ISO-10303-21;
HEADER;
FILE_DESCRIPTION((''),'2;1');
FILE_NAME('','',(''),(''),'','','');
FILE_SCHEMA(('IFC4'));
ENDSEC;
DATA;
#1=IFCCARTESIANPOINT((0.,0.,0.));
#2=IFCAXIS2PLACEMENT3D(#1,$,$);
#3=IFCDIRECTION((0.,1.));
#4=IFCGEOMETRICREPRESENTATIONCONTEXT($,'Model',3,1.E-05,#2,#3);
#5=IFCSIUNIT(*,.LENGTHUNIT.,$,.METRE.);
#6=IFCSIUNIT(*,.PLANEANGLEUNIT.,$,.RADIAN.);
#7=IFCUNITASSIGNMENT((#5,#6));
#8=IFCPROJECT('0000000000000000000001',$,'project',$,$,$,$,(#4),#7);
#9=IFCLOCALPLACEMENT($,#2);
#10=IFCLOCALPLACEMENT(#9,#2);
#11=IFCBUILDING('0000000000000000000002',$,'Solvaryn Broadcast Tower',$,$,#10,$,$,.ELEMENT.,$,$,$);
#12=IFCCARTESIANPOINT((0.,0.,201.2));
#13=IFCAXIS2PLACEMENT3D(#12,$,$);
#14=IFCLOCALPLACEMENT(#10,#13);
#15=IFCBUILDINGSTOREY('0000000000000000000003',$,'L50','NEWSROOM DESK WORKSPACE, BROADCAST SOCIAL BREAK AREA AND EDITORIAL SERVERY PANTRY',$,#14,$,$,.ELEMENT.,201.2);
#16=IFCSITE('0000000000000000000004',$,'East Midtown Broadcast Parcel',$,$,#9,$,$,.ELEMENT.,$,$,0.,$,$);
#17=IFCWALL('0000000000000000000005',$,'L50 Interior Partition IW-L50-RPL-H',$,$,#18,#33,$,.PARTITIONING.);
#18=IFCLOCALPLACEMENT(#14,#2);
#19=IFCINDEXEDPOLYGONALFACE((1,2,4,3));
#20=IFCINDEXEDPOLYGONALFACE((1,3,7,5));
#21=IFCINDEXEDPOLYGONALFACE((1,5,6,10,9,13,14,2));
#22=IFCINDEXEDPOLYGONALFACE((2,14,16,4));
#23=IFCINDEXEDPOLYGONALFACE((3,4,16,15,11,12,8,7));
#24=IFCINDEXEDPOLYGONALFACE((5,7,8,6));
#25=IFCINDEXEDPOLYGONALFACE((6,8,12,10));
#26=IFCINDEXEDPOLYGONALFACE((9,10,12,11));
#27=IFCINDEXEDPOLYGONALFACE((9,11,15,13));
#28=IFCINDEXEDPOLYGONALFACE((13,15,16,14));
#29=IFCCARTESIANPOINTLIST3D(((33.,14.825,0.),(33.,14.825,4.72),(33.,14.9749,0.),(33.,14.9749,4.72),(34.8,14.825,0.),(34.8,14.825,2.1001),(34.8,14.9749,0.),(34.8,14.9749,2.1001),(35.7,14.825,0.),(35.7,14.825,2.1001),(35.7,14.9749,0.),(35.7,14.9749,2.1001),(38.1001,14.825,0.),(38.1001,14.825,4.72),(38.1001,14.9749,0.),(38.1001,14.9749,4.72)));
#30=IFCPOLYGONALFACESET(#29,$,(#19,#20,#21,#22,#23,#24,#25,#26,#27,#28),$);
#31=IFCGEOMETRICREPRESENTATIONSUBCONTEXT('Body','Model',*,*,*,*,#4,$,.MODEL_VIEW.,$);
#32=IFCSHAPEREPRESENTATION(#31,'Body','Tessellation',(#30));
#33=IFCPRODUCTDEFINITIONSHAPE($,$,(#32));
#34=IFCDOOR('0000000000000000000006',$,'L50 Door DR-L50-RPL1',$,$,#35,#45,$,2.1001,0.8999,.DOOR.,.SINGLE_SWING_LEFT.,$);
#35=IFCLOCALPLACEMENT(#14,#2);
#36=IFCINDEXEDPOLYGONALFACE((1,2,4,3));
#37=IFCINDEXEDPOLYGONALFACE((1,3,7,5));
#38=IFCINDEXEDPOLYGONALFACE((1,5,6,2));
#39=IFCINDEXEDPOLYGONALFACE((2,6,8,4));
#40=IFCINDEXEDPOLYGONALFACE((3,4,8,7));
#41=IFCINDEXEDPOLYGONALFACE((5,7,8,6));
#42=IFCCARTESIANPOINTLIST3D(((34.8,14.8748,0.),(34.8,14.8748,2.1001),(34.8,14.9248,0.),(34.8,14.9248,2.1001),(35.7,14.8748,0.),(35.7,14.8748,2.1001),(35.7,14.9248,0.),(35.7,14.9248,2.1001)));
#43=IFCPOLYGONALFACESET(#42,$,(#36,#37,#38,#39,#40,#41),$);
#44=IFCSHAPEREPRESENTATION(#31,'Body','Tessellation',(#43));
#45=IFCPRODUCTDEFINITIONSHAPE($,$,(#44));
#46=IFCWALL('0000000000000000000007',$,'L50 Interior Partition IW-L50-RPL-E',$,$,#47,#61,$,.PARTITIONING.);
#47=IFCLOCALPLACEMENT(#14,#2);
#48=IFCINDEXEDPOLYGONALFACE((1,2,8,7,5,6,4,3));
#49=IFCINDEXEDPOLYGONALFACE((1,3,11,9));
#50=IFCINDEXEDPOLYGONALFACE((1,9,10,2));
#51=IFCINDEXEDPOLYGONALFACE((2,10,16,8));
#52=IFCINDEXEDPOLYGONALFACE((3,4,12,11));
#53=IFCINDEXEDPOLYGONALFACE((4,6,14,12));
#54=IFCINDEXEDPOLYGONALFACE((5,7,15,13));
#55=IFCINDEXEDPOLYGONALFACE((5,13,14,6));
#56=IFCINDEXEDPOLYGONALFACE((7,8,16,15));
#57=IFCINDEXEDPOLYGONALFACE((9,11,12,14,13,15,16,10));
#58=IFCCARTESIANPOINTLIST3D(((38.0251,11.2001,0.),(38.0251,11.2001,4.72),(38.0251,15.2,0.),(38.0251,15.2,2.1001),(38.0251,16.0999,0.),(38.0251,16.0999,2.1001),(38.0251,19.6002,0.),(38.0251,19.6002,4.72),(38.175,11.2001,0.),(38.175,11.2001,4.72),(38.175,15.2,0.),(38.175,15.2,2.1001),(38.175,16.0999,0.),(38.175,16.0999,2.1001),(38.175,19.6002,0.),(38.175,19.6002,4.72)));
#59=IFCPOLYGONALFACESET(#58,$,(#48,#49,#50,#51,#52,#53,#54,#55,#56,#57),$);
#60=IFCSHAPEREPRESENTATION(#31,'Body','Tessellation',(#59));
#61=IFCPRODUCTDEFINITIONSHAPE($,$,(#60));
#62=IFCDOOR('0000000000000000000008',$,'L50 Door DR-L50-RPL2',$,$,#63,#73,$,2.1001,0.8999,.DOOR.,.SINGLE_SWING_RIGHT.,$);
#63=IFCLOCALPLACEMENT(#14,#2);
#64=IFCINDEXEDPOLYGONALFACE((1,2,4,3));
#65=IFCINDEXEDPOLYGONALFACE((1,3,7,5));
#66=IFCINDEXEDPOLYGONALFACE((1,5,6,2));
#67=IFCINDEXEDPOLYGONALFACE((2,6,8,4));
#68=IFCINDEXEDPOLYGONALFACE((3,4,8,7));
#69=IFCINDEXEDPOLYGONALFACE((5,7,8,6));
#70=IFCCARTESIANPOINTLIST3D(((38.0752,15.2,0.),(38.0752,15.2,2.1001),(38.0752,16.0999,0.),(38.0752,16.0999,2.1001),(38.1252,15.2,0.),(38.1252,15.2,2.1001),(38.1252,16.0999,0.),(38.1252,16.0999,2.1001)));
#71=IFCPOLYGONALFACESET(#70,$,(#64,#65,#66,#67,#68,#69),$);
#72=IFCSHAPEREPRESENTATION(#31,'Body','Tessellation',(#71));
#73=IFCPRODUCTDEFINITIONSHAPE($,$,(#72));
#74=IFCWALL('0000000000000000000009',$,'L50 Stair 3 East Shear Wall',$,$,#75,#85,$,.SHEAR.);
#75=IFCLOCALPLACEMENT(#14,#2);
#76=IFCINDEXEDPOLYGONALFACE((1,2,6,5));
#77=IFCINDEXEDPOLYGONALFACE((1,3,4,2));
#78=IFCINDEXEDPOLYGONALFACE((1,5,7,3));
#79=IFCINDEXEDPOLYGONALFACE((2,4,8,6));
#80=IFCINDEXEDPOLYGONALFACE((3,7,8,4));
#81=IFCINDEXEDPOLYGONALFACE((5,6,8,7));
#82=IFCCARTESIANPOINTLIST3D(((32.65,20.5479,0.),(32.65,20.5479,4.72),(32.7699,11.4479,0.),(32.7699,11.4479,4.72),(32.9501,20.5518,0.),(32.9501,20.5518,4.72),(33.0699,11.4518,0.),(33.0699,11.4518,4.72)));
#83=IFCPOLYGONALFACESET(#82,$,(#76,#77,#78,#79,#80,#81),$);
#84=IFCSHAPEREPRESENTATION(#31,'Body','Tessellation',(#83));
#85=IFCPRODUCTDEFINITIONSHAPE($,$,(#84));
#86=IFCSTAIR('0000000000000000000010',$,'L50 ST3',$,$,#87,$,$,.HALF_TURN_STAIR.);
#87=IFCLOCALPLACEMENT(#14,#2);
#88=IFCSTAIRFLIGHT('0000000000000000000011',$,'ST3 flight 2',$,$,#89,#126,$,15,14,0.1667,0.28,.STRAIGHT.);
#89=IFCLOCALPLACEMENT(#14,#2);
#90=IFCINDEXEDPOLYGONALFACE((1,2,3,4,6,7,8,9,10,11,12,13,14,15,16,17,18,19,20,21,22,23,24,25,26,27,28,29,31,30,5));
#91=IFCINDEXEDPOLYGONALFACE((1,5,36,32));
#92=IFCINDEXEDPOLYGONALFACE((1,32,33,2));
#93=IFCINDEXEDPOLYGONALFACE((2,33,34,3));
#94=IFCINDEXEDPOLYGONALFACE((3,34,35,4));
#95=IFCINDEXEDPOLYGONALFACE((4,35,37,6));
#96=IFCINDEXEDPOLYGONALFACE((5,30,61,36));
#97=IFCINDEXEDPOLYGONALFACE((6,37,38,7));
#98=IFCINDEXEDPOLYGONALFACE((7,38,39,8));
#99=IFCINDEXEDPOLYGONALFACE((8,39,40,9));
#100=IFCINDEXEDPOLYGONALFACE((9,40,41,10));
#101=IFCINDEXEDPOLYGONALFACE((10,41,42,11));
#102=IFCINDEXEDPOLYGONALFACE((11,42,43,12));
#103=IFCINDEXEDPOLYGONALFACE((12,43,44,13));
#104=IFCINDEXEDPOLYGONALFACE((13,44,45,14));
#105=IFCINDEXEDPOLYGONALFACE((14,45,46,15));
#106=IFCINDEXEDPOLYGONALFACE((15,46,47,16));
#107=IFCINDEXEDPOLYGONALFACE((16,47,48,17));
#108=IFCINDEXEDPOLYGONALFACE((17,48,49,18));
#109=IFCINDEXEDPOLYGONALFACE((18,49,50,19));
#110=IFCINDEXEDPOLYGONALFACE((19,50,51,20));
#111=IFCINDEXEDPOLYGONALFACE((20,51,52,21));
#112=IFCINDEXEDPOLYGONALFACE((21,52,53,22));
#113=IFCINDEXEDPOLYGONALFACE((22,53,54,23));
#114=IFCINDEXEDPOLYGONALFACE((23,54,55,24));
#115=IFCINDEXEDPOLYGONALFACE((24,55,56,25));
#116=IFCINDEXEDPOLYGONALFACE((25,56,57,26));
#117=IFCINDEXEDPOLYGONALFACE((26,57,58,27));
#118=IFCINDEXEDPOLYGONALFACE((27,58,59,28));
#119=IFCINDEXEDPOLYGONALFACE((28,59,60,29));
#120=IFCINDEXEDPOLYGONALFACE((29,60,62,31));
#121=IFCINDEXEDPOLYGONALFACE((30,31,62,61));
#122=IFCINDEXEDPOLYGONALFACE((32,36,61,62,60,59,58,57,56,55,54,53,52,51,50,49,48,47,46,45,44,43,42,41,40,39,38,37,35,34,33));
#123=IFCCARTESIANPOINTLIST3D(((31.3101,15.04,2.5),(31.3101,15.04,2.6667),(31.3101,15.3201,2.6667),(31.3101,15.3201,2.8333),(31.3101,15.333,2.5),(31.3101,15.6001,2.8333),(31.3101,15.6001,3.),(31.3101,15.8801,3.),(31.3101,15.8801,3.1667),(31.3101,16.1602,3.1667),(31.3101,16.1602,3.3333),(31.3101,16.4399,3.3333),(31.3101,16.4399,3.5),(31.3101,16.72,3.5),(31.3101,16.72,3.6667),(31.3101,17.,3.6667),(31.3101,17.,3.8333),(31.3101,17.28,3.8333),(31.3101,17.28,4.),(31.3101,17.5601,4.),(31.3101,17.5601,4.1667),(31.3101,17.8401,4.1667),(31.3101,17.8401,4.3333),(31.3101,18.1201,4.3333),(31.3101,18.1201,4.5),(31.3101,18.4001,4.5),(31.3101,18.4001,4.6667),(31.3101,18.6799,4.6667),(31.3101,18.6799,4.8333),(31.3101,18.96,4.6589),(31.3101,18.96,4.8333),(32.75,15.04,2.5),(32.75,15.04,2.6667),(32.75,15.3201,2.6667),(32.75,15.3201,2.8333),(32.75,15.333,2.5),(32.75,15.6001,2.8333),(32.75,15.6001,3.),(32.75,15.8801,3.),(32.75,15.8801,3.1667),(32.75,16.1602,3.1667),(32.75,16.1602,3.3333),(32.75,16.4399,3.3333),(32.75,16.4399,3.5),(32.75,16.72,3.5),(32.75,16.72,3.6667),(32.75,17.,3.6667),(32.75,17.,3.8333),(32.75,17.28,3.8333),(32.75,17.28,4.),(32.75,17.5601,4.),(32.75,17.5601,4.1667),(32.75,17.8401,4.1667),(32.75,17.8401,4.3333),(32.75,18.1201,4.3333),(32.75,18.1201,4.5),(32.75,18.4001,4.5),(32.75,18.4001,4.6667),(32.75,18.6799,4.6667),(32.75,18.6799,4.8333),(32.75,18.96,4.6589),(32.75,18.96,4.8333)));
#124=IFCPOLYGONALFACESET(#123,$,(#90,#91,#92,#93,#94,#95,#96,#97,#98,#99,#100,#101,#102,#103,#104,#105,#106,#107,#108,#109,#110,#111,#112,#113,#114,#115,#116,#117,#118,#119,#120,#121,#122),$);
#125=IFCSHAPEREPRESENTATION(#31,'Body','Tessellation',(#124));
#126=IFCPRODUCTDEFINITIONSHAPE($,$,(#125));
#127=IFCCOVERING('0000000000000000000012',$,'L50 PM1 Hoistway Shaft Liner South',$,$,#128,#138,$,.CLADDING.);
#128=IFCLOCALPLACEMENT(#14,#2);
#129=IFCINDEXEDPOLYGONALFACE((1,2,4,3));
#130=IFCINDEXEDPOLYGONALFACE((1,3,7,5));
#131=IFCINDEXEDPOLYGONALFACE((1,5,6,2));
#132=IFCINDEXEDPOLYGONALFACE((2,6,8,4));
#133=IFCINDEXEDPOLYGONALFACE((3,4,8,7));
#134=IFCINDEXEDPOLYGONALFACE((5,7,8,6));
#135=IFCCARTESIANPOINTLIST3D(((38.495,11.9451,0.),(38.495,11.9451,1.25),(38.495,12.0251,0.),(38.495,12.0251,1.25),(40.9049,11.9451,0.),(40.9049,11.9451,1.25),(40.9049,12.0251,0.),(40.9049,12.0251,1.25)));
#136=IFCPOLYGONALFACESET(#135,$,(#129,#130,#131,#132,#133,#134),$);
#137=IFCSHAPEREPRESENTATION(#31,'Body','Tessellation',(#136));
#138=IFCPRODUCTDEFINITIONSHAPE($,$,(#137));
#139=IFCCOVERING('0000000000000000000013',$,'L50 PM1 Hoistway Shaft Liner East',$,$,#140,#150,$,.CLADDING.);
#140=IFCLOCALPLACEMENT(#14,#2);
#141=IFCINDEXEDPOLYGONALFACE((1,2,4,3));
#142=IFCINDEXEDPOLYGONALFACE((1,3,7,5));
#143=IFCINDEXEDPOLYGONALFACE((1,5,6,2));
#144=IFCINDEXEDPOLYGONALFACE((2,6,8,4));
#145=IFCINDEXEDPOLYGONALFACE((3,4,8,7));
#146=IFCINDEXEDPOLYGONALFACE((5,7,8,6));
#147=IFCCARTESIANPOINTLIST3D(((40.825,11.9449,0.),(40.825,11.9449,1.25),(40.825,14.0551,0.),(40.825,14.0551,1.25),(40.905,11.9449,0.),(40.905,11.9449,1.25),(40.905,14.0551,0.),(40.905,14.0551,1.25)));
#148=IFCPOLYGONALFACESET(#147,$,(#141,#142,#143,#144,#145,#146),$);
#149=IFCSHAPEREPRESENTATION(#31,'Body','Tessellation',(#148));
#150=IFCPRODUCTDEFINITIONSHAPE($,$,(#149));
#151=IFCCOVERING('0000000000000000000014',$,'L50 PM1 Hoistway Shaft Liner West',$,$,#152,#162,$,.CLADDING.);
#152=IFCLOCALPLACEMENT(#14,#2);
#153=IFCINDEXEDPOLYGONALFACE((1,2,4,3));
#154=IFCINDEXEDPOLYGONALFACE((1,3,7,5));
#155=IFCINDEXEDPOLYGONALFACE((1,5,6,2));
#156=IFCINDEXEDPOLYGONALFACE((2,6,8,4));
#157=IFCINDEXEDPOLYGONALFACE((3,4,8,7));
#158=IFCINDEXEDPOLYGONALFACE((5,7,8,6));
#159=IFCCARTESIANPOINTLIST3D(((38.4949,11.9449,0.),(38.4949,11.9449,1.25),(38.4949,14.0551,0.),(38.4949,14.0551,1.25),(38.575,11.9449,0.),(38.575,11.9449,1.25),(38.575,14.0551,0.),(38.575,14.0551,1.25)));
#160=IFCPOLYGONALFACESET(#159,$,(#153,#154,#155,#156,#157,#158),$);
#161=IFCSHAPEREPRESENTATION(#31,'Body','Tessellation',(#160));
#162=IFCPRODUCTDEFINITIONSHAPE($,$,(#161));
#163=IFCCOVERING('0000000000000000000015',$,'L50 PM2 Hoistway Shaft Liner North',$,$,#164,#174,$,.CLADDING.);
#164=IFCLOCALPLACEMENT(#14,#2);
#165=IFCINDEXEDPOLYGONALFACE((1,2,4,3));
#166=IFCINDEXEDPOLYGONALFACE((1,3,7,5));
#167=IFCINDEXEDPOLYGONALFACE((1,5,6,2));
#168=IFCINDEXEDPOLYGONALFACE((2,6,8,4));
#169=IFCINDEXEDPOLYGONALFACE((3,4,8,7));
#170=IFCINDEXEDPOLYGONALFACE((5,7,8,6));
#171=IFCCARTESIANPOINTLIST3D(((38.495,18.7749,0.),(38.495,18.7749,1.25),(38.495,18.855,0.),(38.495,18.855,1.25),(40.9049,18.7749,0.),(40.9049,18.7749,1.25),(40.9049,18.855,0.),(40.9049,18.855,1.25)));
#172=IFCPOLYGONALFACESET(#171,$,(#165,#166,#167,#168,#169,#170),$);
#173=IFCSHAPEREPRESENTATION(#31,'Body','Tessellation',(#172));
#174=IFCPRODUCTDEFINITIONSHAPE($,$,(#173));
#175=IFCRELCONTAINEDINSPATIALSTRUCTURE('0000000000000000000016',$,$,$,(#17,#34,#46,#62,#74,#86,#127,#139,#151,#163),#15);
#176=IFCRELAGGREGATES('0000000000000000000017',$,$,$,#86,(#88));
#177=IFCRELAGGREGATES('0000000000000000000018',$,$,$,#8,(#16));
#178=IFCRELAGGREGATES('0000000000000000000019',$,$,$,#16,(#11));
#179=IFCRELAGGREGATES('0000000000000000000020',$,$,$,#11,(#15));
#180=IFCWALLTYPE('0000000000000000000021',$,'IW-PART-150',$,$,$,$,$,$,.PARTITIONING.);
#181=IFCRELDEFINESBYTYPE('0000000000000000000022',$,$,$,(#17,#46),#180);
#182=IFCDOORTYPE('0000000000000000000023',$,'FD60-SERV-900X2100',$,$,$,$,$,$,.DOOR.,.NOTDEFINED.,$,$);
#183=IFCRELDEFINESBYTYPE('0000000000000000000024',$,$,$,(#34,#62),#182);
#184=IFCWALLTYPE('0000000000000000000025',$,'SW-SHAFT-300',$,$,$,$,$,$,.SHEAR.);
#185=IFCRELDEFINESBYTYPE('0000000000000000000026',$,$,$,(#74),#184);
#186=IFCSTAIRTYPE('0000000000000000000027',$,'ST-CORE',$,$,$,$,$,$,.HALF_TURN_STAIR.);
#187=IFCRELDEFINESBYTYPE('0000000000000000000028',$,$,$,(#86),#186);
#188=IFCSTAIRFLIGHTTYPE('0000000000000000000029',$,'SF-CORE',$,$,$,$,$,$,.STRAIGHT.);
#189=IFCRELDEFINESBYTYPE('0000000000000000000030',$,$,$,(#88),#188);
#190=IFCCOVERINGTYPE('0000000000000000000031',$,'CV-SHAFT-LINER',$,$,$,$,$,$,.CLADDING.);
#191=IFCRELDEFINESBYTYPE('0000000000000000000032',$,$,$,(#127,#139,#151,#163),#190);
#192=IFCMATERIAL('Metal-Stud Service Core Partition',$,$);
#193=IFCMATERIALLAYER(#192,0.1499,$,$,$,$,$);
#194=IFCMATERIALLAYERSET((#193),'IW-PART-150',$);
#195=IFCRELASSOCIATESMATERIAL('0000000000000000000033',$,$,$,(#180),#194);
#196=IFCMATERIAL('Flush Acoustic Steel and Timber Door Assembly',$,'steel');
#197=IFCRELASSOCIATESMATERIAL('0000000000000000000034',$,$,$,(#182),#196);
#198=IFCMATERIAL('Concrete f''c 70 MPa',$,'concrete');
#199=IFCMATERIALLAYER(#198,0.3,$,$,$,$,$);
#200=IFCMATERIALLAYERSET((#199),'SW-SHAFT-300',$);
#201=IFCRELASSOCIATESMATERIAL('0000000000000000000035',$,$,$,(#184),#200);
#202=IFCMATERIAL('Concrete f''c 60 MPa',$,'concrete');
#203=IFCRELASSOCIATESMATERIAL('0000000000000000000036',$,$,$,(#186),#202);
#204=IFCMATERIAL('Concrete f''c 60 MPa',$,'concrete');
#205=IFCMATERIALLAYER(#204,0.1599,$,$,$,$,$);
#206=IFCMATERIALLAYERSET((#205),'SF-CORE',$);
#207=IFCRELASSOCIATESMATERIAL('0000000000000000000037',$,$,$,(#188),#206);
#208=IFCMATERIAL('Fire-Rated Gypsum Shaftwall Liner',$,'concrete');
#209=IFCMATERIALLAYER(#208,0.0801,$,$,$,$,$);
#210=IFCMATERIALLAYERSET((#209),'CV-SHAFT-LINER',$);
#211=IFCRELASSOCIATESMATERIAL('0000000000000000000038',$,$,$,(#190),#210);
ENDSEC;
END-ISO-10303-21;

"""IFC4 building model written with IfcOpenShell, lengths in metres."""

from ifc_helpers import new_model, si_unit, direction, frame, frame_2d, origin, origin_2d, place, context, subcontext, project, spatial, polyline, rectangle, outline, extrude, material, layer, layer_set, type_object, element, fill, aggregate, save


model = new_model("IFC4")

# Units and contexts
model_context = context("Model", 3, precision=1e-05, world=origin(), true_north=direction((0.0, 1.0)))
body_context = subcontext(model_context, "Body", "Model", "MODEL_VIEW")
ifc_project = project(units=[si_unit("LENGTHUNIT", "METRE"), si_unit("PLANEANGLEUNIT", "RADIAN")], contexts=[model_context])

# Site, building, storey
site_placement = place(None, origin())
site = spatial("IfcSite", under=ifc_project, at=site_placement, Name="East Midtown Broadcast Parcel", CompositionType="ELEMENT", RefElevation=0.0)
building_placement = place(site_placement, origin())
building = spatial("IfcBuilding", under=site, at=building_placement, Name="Solvaryn Broadcast Tower", CompositionType="ELEMENT")
storey_placement = place(building_placement, frame((0.0, 0.0, 201.2)))
storey = spatial("IfcBuildingStorey", under=building, at=storey_placement, Name="L50", Description="NEWSROOM DESK WORKSPACE, BROADCAST SOCIAL BREAK AREA AND EDITORIAL SERVERY PANTRY", CompositionType="ELEMENT", Elevation=201.2)

# Walls, openings, doors
ifc_material_1 = material(Name="Metal-Stud Service Core Partition")
ifc_layer_1 = layer(ifc_material_1, 0.1499)
ifc_layer_set_1 = layer_set([ifc_layer_1], Name="IW-PART-150")
wall_type_1 = type_object("IfcWallType", Name="IW-PART-150", PredefinedType="PARTITIONING", material=ifc_layer_set_1)
wall_1_placement = place(storey_placement, frame((33.0, 14.8999, 0.0), z_axis=(0.0, 0.0, 1.0), x_axis=(1.0, 0.0, 0.0)))
wall_1 = element("IfcWall", 1, at=wall_1_placement, inside=storey, type_object=wall_type_1, Name="L50 Interior Partition IW-L50-RPL-H", PredefinedType="PARTITIONING", context=body_context, shape_type="SweptSolid", body=[
    extrude(rectangle(XDim=5.1001, YDim=0.1499, at=frame_2d((2.55, 0.0))), origin(), (0.0, 0.0, 1.0), 4.72),
])
opening_1_placement = place(wall_1_placement, frame((1.8, 0.0, 0.0)))
opening_1 = element("IfcOpeningElement", 2, at=opening_1_placement, cuts=wall_1, PredefinedType="OPENING", context=body_context, shape_type="SweptSolid", body=[
    extrude(rectangle(XDim=0.8999, YDim=2.1001, at=frame_2d((0.45, 1.05))), frame((0.0, 0.085, 0.0), z_axis=(0.0, -1.0, 0.0), x_axis=(1.0, 0.0, 0.0)), (0.0, 0.0, 1.0), 0.1699),
])
ifc_material_2 = material(Name="Flush Acoustic Steel and Timber Door Assembly", Category="steel")
door_type_1 = type_object("IfcDoorType", Name="FD60-SERV-900X2100", OperationType="NOTDEFINED", PredefinedType="DOOR", material=ifc_material_2)
door_1_placement = place(opening_1_placement, origin())
door_1 = element("IfcDoor", 3, at=door_1_placement, inside=storey, type_object=door_type_1, Name="L50 Door DR-L50-RPL1", OperationType="SINGLE_SWING_LEFT", OverallHeight=2.1001, OverallWidth=0.8999, PredefinedType="DOOR", context=body_context, shape_type="SweptSolid", body=[
    extrude(rectangle(XDim=0.8999, YDim=2.1001, at=frame_2d((0.45, 1.05))), frame((0.0, 0.0249, 0.0), z_axis=(0.0, -1.0, 0.0), x_axis=(1.0, 0.0, 0.0)), (0.0, 0.0, 1.0), 0.05),
])
fill(opening_1, door_1)
wall_2_placement = place(storey_placement, frame((38.1001, 11.2, 0.0), z_axis=(0.0, 0.0, 1.0), x_axis=(0.0, 1.0, 0.0)))
wall_2 = element("IfcWall", 4, at=wall_2_placement, inside=storey, type_object=wall_type_1, Name="L50 Interior Partition IW-L50-RPL-E", PredefinedType="PARTITIONING", context=body_context, shape_type="SweptSolid", body=[
    extrude(rectangle(XDim=8.4001, YDim=0.1499, at=frame_2d((4.2002, 0.0))), origin(), (0.0, 0.0, 1.0), 4.72),
])
opening_2_placement = place(wall_2_placement, frame((4.0, 0.0, 0.0)))
opening_2 = element("IfcOpeningElement", 5, at=opening_2_placement, cuts=wall_2, PredefinedType="OPENING", context=body_context, shape_type="SweptSolid", body=[
    extrude(rectangle(XDim=0.8999, YDim=2.1001, at=frame_2d((0.45, 1.05))), frame((0.0, 0.085, 0.0), z_axis=(0.0, -1.0, 0.0), x_axis=(1.0, 0.0, 0.0)), (0.0, 0.0, 1.0), 0.1699),
])
door_2_placement = place(opening_2_placement, origin())
door_2 = element("IfcDoor", 6, at=door_2_placement, inside=storey, type_object=door_type_1, Name="L50 Door DR-L50-RPL2", OperationType="SINGLE_SWING_RIGHT", OverallHeight=2.1001, OverallWidth=0.8999, PredefinedType="DOOR", context=body_context, shape_type="SweptSolid", body=[
    extrude(rectangle(XDim=0.8999, YDim=2.1001, at=frame_2d((0.45, 1.05))), frame((0.0, 0.0249, 0.0), z_axis=(0.0, -1.0, 0.0), x_axis=(1.0, 0.0, 0.0)), (0.0, 0.0, 1.0), 0.05),
])
fill(opening_2, door_2)

# Wall
ifc_material_3 = material(Name="Concrete f'c 70 MPa", Category="concrete")
ifc_layer_2 = layer(ifc_material_3, 0.3)
ifc_layer_set_2 = layer_set([ifc_layer_2], Name="SW-SHAFT-300")
wall_type_2 = type_object("IfcWallType", Name="SW-SHAFT-300", PredefinedType="SHEAR", material=ifc_layer_set_2)
wall_3_placement = place(storey_placement, frame((32.9199, 11.45, 0.0), z_axis=(0.0, 0.0, 1.0), x_axis=(-0.013172, 0.999913, 0.0)))
element("IfcWall", 7, at=wall_3_placement, inside=storey, type_object=wall_type_2, Name="L50 Stair 3 East Shear Wall", PredefinedType="SHEAR", context=body_context, shape_type="SweptSolid", body=[
    extrude(rectangle(XDim=9.1008, YDim=0.3, at=frame_2d((4.5503, 0.0))), origin(), (0.0, 0.0, 1.0), 4.72),
])

# Stair, stair flight
ifc_material_4 = material(Name="Concrete f'c 60 MPa", Category="concrete")
stair_type = type_object("IfcStairType", Name="ST-CORE", PredefinedType="HALF_TURN_STAIR", material=ifc_material_4)
stair_placement = place(storey_placement, origin())
stair = element("IfcStair", 8, at=stair_placement, inside=storey, type_object=stair_type, Name="L50 ST3", PredefinedType="HALF_TURN_STAIR")
ifc_material_5 = material(Name="Concrete f'c 60 MPa", Category="concrete")
ifc_layer_3 = layer(ifc_material_5, 0.1599)
ifc_layer_set_3 = layer_set([ifc_layer_3], Name="SF-CORE")
stair_flight_type = type_object("IfcStairFlightType", Name="SF-CORE", PredefinedType="STRAIGHT", material=ifc_layer_set_3)
stair_flight_placement = place(storey_placement, frame((32.03, 15.04, 2.5), z_axis=(0.0, 0.0, 1.0), x_axis=(0.0, 1.0, 0.0)))
stair_flight = element("IfcStairFlight", 9, at=stair_flight_placement, type_object=stair_flight_type, Name="ST3 flight 2", NumberOfRisers=15, NumberOfTreads=14, PredefinedType="STRAIGHT", RiserHeight=0.1667, TreadLength=0.28, context=body_context, shape_type="SweptSolid", body=[
    extrude(outline(polyline([(0.0, 0.0), (0.0, 0.1667), (0.28, 0.1667), (0.28, 0.3333), (0.5601, 0.3333), (0.5601, 0.5), (0.8401, 0.5), (0.8401, 0.6667), (1.1201, 0.6667), (1.1201, 0.8333), (1.3999, 0.8333), (1.3999, 1.0), (1.6799, 1.0), (1.6799, 1.1667), (1.96, 1.1667), (1.96, 1.3333), (2.24, 1.3333), (2.24, 1.5), (2.52, 1.5), (2.52, 1.6667), (2.8, 1.6667), (2.8, 1.8333), (3.0801, 1.8333), (3.0801, 2.0), (3.3601, 2.0), (3.3601, 2.1667), (3.6399, 2.1667), (3.6399, 2.3333), (3.9199, 2.3333), (3.9199, 2.5), (3.9199, 2.1589), (0.293, 0.0), (0.0, 0.0)])), frame((0.0, 0.72, 0.0), z_axis=(0.0, -1.0, 0.0), x_axis=(1.0, 0.0, 0.0)), (0.0, 0.0, 1.0), 1.4399),
])
aggregate(stair, [stair_flight])

# Coverings
ifc_material_6 = material(Name="Fire-Rated Gypsum Shaftwall Liner", Category="concrete")
ifc_layer_4 = layer(ifc_material_6, 0.0801)
ifc_layer_set_4 = layer_set([ifc_layer_4], Name="CV-SHAFT-LINER")
covering_type = type_object("IfcCoveringType", Name="CV-SHAFT-LINER", PredefinedType="CLADDING", material=ifc_layer_set_4)
covering_1_placement = place(storey_placement, frame((39.7, 11.9851, 0.0), z_axis=(0.0, 0.0, 1.0), x_axis=(1.0, 0.0, 0.0)))
element("IfcCovering", 10, at=covering_1_placement, inside=storey, type_object=covering_type, Name="L50 PM1 Hoistway Shaft Liner South", PredefinedType="CLADDING", context=body_context, shape_type="SweptSolid", body=[
    extrude(rectangle(XDim=2.4099, YDim=0.0801, at=origin_2d()), origin(), (0.0, 0.0, 1.0), 1.25),
])
for number, where, z_axis, x_axis, name in (
    (11, (40.865, 13.0, 0.0), (0.0, 0.0, 1.0), (1.0, 0.0, 0.0), "L50 PM1 Hoistway Shaft Liner East"),
    (12, (38.5349, 13.0, 0.0), (0.0, 0.0, 1.0), (1.0, 0.0, 0.0), "L50 PM1 Hoistway Shaft Liner West"),
):
    element("IfcCovering", number, at=place(storey_placement, frame(where, z_axis=z_axis, x_axis=x_axis)), inside=storey, type_object=covering_type, Name=name, PredefinedType="CLADDING", context=body_context, shape_type="SweptSolid", body=[
        extrude(rectangle(XDim=0.0801, YDim=2.1101, at=origin_2d()), origin(), (0.0, 0.0, 1.0), 1.25),
    ])
covering_2_placement = place(storey_placement, frame((39.7, 18.8149, 0.0), z_axis=(0.0, 0.0, 1.0), x_axis=(1.0, 0.0, 0.0)))
element("IfcCovering", 13, at=covering_2_placement, inside=storey, type_object=covering_type, Name="L50 PM2 Hoistway Shaft Liner North", PredefinedType="CLADDING", context=body_context, shape_type="SweptSolid", body=[
    extrude(rectangle(XDim=2.4099, YDim=0.0801, at=origin_2d()), origin(), (0.0, 0.0, 1.0), 1.25),
])

save(model, "model.ifc")
